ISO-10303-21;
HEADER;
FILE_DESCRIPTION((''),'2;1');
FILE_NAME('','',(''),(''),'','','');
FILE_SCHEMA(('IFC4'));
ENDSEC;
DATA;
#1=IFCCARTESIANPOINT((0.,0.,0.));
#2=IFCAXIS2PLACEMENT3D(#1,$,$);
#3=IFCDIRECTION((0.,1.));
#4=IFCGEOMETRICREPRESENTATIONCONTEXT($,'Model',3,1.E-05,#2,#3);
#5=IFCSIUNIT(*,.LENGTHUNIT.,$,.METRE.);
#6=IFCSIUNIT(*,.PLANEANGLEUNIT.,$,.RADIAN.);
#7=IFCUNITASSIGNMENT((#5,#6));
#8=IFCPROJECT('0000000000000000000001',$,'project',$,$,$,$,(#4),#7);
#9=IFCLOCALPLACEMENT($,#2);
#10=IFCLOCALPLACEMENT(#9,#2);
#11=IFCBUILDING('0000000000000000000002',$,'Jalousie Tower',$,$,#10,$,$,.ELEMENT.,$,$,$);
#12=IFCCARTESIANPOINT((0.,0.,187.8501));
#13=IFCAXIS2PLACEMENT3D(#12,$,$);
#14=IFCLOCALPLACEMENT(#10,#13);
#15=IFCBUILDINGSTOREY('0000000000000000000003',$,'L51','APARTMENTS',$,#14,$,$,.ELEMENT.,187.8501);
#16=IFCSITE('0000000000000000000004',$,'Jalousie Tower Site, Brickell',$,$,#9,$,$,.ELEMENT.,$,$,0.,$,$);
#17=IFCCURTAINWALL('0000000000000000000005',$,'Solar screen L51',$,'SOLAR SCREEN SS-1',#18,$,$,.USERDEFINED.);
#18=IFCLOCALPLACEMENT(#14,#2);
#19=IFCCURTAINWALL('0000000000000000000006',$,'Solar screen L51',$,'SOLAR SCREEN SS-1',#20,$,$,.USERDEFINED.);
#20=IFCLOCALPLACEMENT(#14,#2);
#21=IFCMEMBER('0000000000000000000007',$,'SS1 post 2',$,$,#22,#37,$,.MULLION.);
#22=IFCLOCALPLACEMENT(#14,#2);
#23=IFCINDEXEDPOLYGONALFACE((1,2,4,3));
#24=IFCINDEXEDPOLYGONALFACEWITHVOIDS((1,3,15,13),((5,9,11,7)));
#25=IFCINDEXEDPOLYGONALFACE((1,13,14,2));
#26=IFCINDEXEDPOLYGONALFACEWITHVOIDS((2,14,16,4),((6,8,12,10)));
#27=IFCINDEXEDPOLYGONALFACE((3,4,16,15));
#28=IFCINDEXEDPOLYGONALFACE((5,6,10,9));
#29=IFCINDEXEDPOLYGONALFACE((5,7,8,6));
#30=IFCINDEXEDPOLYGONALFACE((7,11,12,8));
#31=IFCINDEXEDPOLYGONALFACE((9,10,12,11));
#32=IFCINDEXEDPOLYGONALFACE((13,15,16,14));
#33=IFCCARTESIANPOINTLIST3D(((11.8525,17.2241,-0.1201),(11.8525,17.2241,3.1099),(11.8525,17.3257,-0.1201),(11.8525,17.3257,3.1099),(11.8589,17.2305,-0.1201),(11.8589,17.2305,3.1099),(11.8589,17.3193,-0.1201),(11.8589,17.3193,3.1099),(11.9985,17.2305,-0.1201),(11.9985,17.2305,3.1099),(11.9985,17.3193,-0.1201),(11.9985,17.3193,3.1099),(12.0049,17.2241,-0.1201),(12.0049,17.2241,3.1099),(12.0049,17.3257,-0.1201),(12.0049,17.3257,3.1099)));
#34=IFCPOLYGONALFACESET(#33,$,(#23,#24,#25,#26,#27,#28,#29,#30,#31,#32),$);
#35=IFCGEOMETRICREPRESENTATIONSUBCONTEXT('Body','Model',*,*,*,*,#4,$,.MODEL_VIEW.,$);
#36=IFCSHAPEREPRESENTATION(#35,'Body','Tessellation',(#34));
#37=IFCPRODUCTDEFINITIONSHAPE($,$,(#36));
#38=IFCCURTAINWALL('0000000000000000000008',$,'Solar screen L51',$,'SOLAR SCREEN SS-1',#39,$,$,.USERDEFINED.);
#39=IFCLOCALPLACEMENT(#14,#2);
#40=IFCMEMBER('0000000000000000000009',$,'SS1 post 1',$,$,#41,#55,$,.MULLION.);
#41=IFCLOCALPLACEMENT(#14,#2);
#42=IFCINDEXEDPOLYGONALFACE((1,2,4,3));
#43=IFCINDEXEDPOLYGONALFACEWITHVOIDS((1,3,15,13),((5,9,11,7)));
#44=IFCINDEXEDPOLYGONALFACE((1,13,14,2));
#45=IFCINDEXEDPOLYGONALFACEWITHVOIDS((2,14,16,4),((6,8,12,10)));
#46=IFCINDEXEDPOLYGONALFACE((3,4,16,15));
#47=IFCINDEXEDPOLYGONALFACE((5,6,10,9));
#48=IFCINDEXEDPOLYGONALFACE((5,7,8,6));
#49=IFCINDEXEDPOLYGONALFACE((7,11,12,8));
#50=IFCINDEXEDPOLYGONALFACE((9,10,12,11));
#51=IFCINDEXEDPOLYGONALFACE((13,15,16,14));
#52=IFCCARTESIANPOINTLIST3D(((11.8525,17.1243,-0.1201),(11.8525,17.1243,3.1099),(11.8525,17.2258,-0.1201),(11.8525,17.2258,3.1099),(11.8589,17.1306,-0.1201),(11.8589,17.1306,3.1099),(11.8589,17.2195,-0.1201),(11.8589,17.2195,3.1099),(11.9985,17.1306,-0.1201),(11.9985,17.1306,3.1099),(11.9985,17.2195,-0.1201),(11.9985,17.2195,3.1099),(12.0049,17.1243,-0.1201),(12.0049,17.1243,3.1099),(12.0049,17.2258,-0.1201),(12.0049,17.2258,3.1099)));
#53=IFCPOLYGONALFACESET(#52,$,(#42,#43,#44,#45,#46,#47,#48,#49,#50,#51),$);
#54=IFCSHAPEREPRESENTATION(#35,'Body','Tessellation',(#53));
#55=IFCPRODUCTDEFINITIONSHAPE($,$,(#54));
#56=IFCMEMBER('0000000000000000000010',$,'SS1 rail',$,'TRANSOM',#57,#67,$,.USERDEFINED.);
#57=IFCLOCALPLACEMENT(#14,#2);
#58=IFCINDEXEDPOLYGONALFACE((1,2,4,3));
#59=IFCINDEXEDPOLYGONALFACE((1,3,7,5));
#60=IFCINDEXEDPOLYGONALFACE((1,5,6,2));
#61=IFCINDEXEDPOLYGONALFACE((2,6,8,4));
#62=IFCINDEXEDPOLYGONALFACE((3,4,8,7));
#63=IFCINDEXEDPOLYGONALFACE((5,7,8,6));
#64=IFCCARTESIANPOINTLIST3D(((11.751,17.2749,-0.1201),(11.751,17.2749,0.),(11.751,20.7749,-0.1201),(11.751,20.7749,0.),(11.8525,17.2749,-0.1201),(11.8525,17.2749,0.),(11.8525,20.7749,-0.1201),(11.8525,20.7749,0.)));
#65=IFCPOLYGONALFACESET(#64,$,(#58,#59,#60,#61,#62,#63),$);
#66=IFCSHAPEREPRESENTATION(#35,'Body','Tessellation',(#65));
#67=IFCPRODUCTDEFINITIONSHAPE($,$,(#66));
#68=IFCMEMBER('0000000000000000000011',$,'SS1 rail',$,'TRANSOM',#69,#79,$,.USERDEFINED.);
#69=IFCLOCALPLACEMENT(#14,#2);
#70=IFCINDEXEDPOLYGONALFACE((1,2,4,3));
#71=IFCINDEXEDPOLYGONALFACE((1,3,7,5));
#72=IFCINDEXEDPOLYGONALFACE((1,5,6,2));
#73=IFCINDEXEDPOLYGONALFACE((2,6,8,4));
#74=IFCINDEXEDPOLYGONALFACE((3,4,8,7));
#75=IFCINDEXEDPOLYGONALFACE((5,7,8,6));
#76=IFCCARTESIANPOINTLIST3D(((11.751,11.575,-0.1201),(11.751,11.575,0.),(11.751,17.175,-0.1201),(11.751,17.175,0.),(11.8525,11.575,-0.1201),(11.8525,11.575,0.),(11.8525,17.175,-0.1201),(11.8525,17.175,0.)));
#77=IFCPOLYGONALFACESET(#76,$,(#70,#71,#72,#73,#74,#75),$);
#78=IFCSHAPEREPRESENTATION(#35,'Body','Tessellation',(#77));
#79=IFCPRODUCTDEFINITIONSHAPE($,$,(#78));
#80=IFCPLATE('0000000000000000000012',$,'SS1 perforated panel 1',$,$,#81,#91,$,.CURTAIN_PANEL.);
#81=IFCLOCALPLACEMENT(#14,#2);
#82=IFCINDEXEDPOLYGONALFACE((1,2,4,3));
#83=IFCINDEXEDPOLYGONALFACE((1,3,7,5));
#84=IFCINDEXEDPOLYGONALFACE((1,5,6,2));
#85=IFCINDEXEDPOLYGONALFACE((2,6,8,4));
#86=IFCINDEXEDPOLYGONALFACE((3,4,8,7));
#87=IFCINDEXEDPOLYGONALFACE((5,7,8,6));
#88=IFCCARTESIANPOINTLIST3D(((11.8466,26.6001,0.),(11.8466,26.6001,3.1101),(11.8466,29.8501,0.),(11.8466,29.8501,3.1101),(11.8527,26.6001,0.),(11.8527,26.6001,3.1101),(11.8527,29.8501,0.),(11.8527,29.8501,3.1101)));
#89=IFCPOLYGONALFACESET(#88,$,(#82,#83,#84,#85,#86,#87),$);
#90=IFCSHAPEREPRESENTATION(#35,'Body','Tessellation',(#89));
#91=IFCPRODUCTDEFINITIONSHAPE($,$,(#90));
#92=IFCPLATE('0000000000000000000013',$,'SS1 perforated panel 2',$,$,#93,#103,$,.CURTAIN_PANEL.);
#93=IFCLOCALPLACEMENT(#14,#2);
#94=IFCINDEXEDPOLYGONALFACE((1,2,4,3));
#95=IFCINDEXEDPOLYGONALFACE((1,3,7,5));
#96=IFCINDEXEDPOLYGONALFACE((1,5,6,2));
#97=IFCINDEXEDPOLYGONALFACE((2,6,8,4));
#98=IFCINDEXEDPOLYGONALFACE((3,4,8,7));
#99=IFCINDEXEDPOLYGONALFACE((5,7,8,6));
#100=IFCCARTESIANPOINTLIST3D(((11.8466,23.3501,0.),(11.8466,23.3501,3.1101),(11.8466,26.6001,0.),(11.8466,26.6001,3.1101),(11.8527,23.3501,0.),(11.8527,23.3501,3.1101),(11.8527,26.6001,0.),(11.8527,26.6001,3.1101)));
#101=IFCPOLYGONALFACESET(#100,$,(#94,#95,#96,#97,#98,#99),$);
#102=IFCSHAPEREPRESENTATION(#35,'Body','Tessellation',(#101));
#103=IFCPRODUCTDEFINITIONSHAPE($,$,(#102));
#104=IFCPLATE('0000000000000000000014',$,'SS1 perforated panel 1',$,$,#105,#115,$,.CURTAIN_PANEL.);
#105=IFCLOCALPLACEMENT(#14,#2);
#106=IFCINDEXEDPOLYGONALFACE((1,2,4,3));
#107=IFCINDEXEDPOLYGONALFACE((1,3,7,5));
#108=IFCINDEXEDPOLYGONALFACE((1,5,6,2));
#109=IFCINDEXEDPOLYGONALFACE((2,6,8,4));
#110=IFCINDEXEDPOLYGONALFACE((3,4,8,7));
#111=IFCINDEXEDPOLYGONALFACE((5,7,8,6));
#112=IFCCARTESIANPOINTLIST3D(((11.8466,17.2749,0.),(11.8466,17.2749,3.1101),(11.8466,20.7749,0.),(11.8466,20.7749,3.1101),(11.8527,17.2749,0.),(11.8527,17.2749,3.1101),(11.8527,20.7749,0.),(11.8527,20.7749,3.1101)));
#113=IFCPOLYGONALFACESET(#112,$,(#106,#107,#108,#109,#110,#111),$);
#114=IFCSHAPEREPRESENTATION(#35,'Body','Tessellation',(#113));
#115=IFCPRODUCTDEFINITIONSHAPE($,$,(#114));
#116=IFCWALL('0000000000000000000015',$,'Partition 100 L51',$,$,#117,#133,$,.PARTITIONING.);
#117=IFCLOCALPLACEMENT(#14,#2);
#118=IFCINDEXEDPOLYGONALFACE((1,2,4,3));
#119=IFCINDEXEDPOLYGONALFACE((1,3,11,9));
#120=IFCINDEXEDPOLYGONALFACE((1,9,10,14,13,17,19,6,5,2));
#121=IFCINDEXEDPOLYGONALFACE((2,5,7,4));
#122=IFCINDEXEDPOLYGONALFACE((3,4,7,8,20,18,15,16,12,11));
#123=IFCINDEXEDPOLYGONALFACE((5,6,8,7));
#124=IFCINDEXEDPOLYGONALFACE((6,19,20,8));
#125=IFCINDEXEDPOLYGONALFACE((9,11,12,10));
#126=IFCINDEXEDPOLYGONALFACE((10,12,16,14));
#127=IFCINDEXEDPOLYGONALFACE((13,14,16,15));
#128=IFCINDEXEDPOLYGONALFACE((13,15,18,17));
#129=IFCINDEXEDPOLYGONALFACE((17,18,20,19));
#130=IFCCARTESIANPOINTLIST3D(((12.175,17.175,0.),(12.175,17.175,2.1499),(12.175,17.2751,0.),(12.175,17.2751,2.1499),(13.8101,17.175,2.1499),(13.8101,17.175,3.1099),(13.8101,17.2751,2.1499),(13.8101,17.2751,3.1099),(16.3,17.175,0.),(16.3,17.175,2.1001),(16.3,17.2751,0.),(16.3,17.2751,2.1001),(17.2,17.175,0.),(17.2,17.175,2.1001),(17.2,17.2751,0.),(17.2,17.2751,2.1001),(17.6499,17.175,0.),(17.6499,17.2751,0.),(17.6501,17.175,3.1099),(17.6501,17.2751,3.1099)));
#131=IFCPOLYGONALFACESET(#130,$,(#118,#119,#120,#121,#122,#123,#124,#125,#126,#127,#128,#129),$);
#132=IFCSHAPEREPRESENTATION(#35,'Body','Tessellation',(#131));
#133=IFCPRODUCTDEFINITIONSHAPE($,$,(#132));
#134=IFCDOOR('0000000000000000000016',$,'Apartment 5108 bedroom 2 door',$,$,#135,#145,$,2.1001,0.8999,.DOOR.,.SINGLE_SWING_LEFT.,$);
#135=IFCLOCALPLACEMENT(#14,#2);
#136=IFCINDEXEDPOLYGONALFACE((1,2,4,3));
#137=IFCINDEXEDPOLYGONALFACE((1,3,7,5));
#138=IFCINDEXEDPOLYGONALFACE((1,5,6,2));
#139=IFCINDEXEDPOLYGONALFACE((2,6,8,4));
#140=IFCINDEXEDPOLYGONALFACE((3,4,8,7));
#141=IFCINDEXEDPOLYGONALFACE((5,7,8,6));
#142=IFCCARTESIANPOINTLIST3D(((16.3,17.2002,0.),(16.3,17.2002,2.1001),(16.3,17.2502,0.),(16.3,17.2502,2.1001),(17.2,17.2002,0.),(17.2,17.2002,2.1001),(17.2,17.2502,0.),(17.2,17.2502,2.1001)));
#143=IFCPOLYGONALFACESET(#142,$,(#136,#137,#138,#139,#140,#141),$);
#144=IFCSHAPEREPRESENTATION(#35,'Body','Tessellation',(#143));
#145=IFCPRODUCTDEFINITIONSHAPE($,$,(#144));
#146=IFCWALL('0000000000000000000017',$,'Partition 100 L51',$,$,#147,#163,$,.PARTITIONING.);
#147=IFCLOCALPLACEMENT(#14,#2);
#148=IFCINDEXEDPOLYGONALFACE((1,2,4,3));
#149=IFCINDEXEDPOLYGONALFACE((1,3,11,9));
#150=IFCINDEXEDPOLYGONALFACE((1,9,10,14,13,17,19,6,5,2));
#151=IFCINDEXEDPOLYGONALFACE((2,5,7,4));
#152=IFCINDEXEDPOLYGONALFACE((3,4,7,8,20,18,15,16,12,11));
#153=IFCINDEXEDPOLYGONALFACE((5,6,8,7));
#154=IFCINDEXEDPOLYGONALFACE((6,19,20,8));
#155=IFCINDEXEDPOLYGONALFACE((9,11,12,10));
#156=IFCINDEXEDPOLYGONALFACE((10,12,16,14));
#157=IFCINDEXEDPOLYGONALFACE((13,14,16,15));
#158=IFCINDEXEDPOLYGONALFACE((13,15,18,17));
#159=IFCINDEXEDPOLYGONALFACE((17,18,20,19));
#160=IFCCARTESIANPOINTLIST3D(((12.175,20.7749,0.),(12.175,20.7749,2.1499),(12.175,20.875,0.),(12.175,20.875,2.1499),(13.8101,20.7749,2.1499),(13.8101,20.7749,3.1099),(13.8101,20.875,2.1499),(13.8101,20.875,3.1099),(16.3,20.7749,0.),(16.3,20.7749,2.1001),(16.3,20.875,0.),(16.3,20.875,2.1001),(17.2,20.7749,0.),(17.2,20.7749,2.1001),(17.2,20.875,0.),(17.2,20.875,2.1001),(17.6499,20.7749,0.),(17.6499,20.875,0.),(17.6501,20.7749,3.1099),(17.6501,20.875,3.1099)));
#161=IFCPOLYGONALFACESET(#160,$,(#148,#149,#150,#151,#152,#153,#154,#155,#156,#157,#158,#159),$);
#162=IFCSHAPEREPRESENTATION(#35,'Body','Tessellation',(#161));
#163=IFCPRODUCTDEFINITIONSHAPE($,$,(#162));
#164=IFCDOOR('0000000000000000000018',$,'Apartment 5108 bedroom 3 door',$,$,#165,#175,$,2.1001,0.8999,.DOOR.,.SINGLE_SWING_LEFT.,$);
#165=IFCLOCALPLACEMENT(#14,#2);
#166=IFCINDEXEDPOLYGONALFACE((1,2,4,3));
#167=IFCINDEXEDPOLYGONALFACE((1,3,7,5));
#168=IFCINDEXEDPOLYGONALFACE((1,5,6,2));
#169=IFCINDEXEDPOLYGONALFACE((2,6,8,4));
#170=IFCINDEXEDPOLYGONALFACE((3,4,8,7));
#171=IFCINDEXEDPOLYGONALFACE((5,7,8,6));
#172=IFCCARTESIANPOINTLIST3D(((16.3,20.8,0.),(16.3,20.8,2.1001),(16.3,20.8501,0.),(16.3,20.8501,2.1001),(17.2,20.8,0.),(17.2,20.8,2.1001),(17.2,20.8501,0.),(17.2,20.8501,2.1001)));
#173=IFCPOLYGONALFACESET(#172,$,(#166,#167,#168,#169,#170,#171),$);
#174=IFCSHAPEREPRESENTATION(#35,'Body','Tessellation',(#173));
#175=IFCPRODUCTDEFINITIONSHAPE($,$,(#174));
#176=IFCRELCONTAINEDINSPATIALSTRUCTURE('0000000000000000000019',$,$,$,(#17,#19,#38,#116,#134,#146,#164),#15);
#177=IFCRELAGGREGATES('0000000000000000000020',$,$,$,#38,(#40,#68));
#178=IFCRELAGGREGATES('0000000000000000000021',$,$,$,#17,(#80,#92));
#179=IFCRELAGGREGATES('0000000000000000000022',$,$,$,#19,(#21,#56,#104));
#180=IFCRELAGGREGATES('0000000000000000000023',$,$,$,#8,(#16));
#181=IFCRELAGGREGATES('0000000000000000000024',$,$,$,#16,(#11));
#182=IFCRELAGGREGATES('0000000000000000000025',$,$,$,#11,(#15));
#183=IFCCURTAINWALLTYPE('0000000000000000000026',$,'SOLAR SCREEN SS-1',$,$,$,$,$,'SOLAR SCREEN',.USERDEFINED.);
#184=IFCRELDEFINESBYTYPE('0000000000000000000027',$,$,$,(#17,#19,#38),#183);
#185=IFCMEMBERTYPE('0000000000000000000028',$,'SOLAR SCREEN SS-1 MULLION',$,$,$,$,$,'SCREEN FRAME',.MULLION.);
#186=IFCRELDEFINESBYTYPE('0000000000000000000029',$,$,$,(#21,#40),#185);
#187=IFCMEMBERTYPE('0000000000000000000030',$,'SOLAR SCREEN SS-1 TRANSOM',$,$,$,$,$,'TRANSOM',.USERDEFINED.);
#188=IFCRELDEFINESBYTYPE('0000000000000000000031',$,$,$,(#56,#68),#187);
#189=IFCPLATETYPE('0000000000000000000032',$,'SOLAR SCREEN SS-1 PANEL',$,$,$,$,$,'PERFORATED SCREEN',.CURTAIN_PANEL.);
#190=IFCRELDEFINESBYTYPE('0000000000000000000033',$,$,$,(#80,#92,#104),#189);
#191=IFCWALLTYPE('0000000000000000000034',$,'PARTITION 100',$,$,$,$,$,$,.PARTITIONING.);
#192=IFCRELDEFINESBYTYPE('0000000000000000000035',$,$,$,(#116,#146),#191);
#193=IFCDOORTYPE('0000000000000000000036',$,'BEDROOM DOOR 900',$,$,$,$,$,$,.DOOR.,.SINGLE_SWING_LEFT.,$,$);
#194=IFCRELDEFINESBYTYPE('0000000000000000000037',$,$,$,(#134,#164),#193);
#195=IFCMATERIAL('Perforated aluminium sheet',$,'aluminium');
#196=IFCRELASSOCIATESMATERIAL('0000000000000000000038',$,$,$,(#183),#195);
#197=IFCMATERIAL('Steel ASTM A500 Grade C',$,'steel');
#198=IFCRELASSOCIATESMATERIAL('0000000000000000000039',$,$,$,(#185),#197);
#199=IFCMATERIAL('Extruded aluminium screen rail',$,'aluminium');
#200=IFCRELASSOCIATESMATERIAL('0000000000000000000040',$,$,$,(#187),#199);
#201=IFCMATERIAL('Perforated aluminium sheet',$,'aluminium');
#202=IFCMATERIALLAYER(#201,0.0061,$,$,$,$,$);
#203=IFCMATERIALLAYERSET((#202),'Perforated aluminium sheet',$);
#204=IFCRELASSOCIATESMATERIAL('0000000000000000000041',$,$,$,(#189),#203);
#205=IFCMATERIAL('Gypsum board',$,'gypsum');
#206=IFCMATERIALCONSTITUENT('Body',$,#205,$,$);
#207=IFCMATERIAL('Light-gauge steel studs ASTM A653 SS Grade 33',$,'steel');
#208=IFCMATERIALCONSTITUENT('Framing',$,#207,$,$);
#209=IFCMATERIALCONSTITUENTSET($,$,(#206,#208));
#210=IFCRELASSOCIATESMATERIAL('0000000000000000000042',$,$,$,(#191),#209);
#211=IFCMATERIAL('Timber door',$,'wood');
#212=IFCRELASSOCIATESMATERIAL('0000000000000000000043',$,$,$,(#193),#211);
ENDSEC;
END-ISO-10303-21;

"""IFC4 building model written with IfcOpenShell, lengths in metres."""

from ifc_helpers import new_model, si_unit, direction, frame, frame_2d, origin, origin_2d, place, context, subcontext, project, spatial, polyline, rectangle, hollow_rectangle, outline, extrude, material, layer, layer_set, constituent, constituent_set, material_profile, profile_set, type_object, element, fill, aggregate, save


model = new_model("IFC4")

# Units and contexts
model_context = context("Model", 3, precision=1e-05, world=origin(), true_north=direction((0.0, 1.0)))
body_context = subcontext(model_context, "Body", "Model", "MODEL_VIEW")
ifc_project = project(units=[si_unit("LENGTHUNIT", "METRE"), si_unit("PLANEANGLEUNIT", "RADIAN")], contexts=[model_context])

# Site, building, storey
site_placement = place(None, origin())
site = spatial("IfcSite", under=ifc_project, at=site_placement, Name="Jalousie Tower Site, Brickell", CompositionType="ELEMENT", RefElevation=0.0)
building_placement = place(site_placement, origin())
building = spatial("IfcBuilding", under=site, at=building_placement, Name="Jalousie Tower", CompositionType="ELEMENT")
storey_placement = place(building_placement, frame((0.0, 0.0, 187.8501)))
storey = spatial("IfcBuildingStorey", under=building, at=storey_placement, Name="L51", Description="APARTMENTS", CompositionType="ELEMENT", Elevation=187.8501)

# Curtain walls, member
ifc_material_1 = material(Name="Perforated aluminium sheet", Category="aluminium")
curtain_wall_type = type_object("IfcCurtainWallType", Name="SOLAR SCREEN SS-1", ElementType="SOLAR SCREEN", PredefinedType="USERDEFINED", material=ifc_material_1)
curtain_wall_1_placement = place(storey_placement, origin())
curtain_wall_1 = element("IfcCurtainWall", 1, at=curtain_wall_1_placement, inside=storey, type_object=curtain_wall_type, Name="Solar screen L51", ObjectType="SOLAR SCREEN SS-1", PredefinedType="USERDEFINED")
ifc_material_2 = material(Name="Steel ASTM A500 Grade C", Category="steel")
ifc_material_profile_1 = material_profile(ifc_material_2, hollow_rectangle(XDim=0.1016, YDim=0.1523, WallThickness=0.0063, at=origin_2d()), Name="HSS6X4X1/4")
ifc_profile_set_1 = profile_set([ifc_material_profile_1], Name="Steel ASTM A500 Grade C")
member_type_1 = type_object("IfcMemberType", Name="SOLAR SCREEN SS-1 MULLION", ElementType="SCREEN FRAME", PredefinedType="MULLION", material=ifc_profile_set_1)
curtain_wall_2_placement = place(storey_placement, origin())
curtain_wall_2 = element("IfcCurtainWall", 2, at=curtain_wall_2_placement, inside=storey, type_object=curtain_wall_type, Name="Solar screen L51", ObjectType="SOLAR SCREEN SS-1", PredefinedType="USERDEFINED")
member_1_placement = place(storey_placement, frame((11.9287, 17.2749, -0.1201), z_axis=(0.0, 0.0, 1.0), x_axis=(0.0, -1.0, 0.0)))
member_1 = element("IfcMember", 3, at=member_1_placement, type_object=member_type_1, Name="SS1 post 2", PredefinedType="MULLION", context=body_context, shape_type="SweptSolid", body=[
    extrude(hollow_rectangle(XDim=0.1016, YDim=0.1523, WallThickness=0.0063, at=origin_2d()), origin(), (0.0, 0.0, 1.0), 3.23),
])

# Curtain wall, member
curtain_wall_3_placement = place(storey_placement, origin())
curtain_wall_3 = element("IfcCurtainWall", 4, at=curtain_wall_3_placement, inside=storey, type_object=curtain_wall_type, Name="Solar screen L51", ObjectType="SOLAR SCREEN SS-1", PredefinedType="USERDEFINED")
member_2_placement = place(storey_placement, frame((11.9287, 17.175, -0.1201), z_axis=(0.0, 0.0, 1.0), x_axis=(0.0, -1.0, 0.0)))
member_2 = element("IfcMember", 5, at=member_2_placement, type_object=member_type_1, Name="SS1 post 1", PredefinedType="MULLION", context=body_context, shape_type="SweptSolid", body=[
    extrude(hollow_rectangle(XDim=0.1016, YDim=0.1523, WallThickness=0.0063, at=origin_2d()), origin(), (0.0, 0.0, 1.0), 3.23),
])

# Members
ifc_material_3 = material(Name="Extruded aluminium screen rail", Category="aluminium")
ifc_material_profile_2 = material_profile(ifc_material_3, rectangle(XDim=0.1016, YDim=0.1201, at=origin_2d()), Name="RAIL 102x120")
ifc_profile_set_2 = profile_set([ifc_material_profile_2], Name="Extruded aluminium screen rail")
member_type_2 = type_object("IfcMemberType", Name="SOLAR SCREEN SS-1 TRANSOM", ElementType="TRANSOM", PredefinedType="USERDEFINED", material=ifc_profile_set_2)
member_3_placement = place(storey_placement, frame((11.8018, 20.7749, -0.0601), z_axis=(0.0, -1.0, 0.0), x_axis=(1.0, 0.0, 0.0)))
member_3 = element("IfcMember", 6, at=member_3_placement, type_object=member_type_2, Name="SS1 rail", ObjectType="TRANSOM", PredefinedType="USERDEFINED", context=body_context, shape_type="SweptSolid", body=[
    extrude(rectangle(XDim=0.1016, YDim=0.1201, at=origin_2d()), origin(), (0.0, 0.0, 1.0), 3.5),
])
member_4_placement = place(storey_placement, frame((11.8018, 17.175, -0.0601), z_axis=(0.0, -1.0, 0.0), x_axis=(1.0, 0.0, 0.0)))
member_4 = element("IfcMember", 7, at=member_4_placement, type_object=member_type_2, Name="SS1 rail", ObjectType="TRANSOM", PredefinedType="USERDEFINED", context=body_context, shape_type="SweptSolid", body=[
    extrude(rectangle(XDim=0.1016, YDim=0.1201, at=origin_2d()), origin(), (0.0, 0.0, 1.0), 5.6001),
])
aggregate(curtain_wall_3, [member_2, member_4])

# Plates
ifc_material_4 = material(Name="Perforated aluminium sheet", Category="aluminium")
ifc_layer = layer(ifc_material_4, 0.0061)
ifc_layer_set = layer_set([ifc_layer], Name="Perforated aluminium sheet")
plate_type = type_object("IfcPlateType", Name="SOLAR SCREEN SS-1 PANEL", ElementType="PERFORATED SCREEN", PredefinedType="CURTAIN_PANEL", material=ifc_layer_set)
plate_1_placement = place(storey_placement, frame((11.8496, 28.2251, 0.0), z_axis=(0.0, 0.0, 1.0), x_axis=(0.0, -1.0, 0.0)))
plate_1 = element("IfcPlate", 8, at=plate_1_placement, type_object=plate_type, Name="SS1 perforated panel 1", PredefinedType="CURTAIN_PANEL", context=body_context, shape_type="SweptSolid", body=[
    extrude(rectangle(XDim=3.25, YDim=0.0061, at=origin_2d()), origin(), (0.0, 0.0, 1.0), 3.1101),
])
plate_2_placement = place(storey_placement, frame((11.8496, 24.9751, 0.0), z_axis=(0.0, 0.0, 1.0), x_axis=(0.0, -1.0, 0.0)))
plate_2 = element("IfcPlate", 9, at=plate_2_placement, type_object=plate_type, Name="SS1 perforated panel 2", PredefinedType="CURTAIN_PANEL", context=body_context, shape_type="SweptSolid", body=[
    extrude(rectangle(XDim=3.25, YDim=0.0061, at=origin_2d()), origin(), (0.0, 0.0, 1.0), 3.1101),
])
aggregate(curtain_wall_1, [plate_1, plate_2])
plate_3_placement = place(storey_placement, frame((11.8496, 19.0249, 0.0), z_axis=(0.0, 0.0, 1.0), x_axis=(0.0, -1.0, 0.0)))
plate_3 = element("IfcPlate", 10, at=plate_3_placement, type_object=plate_type, Name="SS1 perforated panel 1", PredefinedType="CURTAIN_PANEL", context=body_context, shape_type="SweptSolid", body=[
    extrude(rectangle(XDim=3.5, YDim=0.0061, at=origin_2d()), origin(), (0.0, 0.0, 1.0), 3.1101),
])
aggregate(curtain_wall_2, [member_1, member_3, plate_3])

# Walls, openings, doors
ifc_material_5 = material(Name="Gypsum board", Category="gypsum")
ifc_constituent_1 = constituent(ifc_material_5, Name="Body")
ifc_material_6 = material(Name="Light-gauge steel studs ASTM A653 SS Grade 33", Category="steel")
ifc_constituent_2 = constituent(ifc_material_6, Name="Framing")
ifc_constituent_set = constituent_set(constituents=[ifc_constituent_1, ifc_constituent_2])
wall_type = type_object("IfcWallType", Name="PARTITION 100", PredefinedType="PARTITIONING", material=ifc_constituent_set)
wall_1_placement = place(storey_placement, frame((12.175, 17.2251, 0.0), z_axis=(0.0, 0.0, 1.0), x_axis=(1.0, 0.0, 0.0)))
wall_1 = element("IfcWall", 11, at=wall_1_placement, inside=storey, type_object=wall_type, Name="Partition 100 L51", PredefinedType="PARTITIONING", context=body_context, shape_type="SweptSolid", body=[
    extrude(outline(polyline([(0.0, 0.0), (5.4749, 0.0), (5.4751, 3.1099), (1.635, 3.1099), (1.635, 2.1499), (0.0, 2.1499), (0.0, 3.1099), (0.0, 0.0)])), frame((0.0, 0.05, 0.0), z_axis=(0.0, -1.0, 0.0), x_axis=(1.0, 0.0, 0.0)), (0.0, 0.0, 1.0), 0.1001),
])
opening_1_placement = place(wall_1_placement, frame((4.125, 0.0, 0.0)))
opening_1 = element("IfcOpeningElement", 12, at=opening_1_placement, cuts=wall_1, PredefinedType="OPENING", context=body_context, shape_type="SweptSolid", body=[
    extrude(rectangle(XDim=0.8999, YDim=2.1001, at=frame_2d((0.45, 1.05))), frame((0.0, 0.0601, 0.0), z_axis=(0.0, -1.0, 0.0), x_axis=(1.0, 0.0, 0.0)), (0.0, 0.0, 1.0), 0.1201),
])
ifc_material_7 = material(Name="Timber door", Category="wood")
door_type_1 = type_object("IfcDoorType", Name="BEDROOM DOOR 900", OperationType="SINGLE_SWING_LEFT", PredefinedType="DOOR", material=ifc_material_7)
door_1_placement = place(opening_1_placement, frame((0.8999, 0.0, 0.0), z_axis=(0.0, 0.0, 1.0), x_axis=(-1.0, 0.0, 0.0)))
door_1 = element("IfcDoor", 13, at=door_1_placement, inside=storey, type_object=door_type_1, Name="Apartment 5108 bedroom 2 door", OperationType="SINGLE_SWING_LEFT", OverallHeight=2.1001, OverallWidth=0.8999, PredefinedType="DOOR", context=body_context, shape_type="SweptSolid", body=[
    extrude(rectangle(XDim=0.8999, YDim=2.1001, at=frame_2d((0.45, 1.05))), frame((0.0, 0.0249, 0.0), z_axis=(0.0, -1.0, 0.0), x_axis=(1.0, 0.0, 0.0)), (0.0, 0.0, 1.0), 0.05),
])
fill(opening_1, door_1)
wall_2_placement = place(storey_placement, frame((12.175, 20.825, 0.0), z_axis=(0.0, 0.0, 1.0), x_axis=(1.0, 0.0, 0.0)))
wall_2 = element("IfcWall", 14, at=wall_2_placement, inside=storey, type_object=wall_type, Name="Partition 100 L51", PredefinedType="PARTITIONING", context=body_context, shape_type="SweptSolid", body=[
    extrude(outline(polyline([(0.0, 0.0), (5.4749, 0.0), (5.4751, 3.1099), (1.635, 3.1099), (1.635, 2.1499), (0.0, 2.1499), (0.0, 3.1099), (0.0, 0.0)])), frame((0.0, 0.05, 0.0), z_axis=(0.0, -1.0, 0.0), x_axis=(1.0, 0.0, 0.0)), (0.0, 0.0, 1.0), 0.1001),
])
opening_2_placement = place(wall_2_placement, frame((4.125, 0.0, 0.0)))
opening_2 = element("IfcOpeningElement", 15, at=opening_2_placement, cuts=wall_2, PredefinedType="OPENING", context=body_context, shape_type="SweptSolid", body=[
    extrude(rectangle(XDim=0.8999, YDim=2.1001, at=frame_2d((0.45, 1.05))), frame((0.0, 0.0601, 0.0), z_axis=(0.0, -1.0, 0.0), x_axis=(1.0, 0.0, 0.0)), (0.0, 0.0, 1.0), 0.1201),
])
door_2_placement = place(opening_2_placement, frame((0.8999, 0.0, 0.0), z_axis=(0.0, 0.0, 1.0), x_axis=(-1.0, 0.0, 0.0)))
door_2 = element("IfcDoor", 16, at=door_2_placement, inside=storey, type_object=door_type_1, Name="Apartment 5108 bedroom 3 door", OperationType="SINGLE_SWING_LEFT", OverallHeight=2.1001, OverallWidth=0.8999, PredefinedType="DOOR", context=body_context, shape_type="SweptSolid", body=[
    extrude(rectangle(XDim=0.8999, YDim=2.1001, at=frame_2d((0.45, 1.05))), frame((0.0, 0.0249, 0.0), z_axis=(0.0, -1.0, 0.0), x_axis=(1.0, 0.0, 0.0)), (0.0, 0.0, 1.0), 0.05),
])
fill(opening_2, door_2)

save(model, "model.ifc")
